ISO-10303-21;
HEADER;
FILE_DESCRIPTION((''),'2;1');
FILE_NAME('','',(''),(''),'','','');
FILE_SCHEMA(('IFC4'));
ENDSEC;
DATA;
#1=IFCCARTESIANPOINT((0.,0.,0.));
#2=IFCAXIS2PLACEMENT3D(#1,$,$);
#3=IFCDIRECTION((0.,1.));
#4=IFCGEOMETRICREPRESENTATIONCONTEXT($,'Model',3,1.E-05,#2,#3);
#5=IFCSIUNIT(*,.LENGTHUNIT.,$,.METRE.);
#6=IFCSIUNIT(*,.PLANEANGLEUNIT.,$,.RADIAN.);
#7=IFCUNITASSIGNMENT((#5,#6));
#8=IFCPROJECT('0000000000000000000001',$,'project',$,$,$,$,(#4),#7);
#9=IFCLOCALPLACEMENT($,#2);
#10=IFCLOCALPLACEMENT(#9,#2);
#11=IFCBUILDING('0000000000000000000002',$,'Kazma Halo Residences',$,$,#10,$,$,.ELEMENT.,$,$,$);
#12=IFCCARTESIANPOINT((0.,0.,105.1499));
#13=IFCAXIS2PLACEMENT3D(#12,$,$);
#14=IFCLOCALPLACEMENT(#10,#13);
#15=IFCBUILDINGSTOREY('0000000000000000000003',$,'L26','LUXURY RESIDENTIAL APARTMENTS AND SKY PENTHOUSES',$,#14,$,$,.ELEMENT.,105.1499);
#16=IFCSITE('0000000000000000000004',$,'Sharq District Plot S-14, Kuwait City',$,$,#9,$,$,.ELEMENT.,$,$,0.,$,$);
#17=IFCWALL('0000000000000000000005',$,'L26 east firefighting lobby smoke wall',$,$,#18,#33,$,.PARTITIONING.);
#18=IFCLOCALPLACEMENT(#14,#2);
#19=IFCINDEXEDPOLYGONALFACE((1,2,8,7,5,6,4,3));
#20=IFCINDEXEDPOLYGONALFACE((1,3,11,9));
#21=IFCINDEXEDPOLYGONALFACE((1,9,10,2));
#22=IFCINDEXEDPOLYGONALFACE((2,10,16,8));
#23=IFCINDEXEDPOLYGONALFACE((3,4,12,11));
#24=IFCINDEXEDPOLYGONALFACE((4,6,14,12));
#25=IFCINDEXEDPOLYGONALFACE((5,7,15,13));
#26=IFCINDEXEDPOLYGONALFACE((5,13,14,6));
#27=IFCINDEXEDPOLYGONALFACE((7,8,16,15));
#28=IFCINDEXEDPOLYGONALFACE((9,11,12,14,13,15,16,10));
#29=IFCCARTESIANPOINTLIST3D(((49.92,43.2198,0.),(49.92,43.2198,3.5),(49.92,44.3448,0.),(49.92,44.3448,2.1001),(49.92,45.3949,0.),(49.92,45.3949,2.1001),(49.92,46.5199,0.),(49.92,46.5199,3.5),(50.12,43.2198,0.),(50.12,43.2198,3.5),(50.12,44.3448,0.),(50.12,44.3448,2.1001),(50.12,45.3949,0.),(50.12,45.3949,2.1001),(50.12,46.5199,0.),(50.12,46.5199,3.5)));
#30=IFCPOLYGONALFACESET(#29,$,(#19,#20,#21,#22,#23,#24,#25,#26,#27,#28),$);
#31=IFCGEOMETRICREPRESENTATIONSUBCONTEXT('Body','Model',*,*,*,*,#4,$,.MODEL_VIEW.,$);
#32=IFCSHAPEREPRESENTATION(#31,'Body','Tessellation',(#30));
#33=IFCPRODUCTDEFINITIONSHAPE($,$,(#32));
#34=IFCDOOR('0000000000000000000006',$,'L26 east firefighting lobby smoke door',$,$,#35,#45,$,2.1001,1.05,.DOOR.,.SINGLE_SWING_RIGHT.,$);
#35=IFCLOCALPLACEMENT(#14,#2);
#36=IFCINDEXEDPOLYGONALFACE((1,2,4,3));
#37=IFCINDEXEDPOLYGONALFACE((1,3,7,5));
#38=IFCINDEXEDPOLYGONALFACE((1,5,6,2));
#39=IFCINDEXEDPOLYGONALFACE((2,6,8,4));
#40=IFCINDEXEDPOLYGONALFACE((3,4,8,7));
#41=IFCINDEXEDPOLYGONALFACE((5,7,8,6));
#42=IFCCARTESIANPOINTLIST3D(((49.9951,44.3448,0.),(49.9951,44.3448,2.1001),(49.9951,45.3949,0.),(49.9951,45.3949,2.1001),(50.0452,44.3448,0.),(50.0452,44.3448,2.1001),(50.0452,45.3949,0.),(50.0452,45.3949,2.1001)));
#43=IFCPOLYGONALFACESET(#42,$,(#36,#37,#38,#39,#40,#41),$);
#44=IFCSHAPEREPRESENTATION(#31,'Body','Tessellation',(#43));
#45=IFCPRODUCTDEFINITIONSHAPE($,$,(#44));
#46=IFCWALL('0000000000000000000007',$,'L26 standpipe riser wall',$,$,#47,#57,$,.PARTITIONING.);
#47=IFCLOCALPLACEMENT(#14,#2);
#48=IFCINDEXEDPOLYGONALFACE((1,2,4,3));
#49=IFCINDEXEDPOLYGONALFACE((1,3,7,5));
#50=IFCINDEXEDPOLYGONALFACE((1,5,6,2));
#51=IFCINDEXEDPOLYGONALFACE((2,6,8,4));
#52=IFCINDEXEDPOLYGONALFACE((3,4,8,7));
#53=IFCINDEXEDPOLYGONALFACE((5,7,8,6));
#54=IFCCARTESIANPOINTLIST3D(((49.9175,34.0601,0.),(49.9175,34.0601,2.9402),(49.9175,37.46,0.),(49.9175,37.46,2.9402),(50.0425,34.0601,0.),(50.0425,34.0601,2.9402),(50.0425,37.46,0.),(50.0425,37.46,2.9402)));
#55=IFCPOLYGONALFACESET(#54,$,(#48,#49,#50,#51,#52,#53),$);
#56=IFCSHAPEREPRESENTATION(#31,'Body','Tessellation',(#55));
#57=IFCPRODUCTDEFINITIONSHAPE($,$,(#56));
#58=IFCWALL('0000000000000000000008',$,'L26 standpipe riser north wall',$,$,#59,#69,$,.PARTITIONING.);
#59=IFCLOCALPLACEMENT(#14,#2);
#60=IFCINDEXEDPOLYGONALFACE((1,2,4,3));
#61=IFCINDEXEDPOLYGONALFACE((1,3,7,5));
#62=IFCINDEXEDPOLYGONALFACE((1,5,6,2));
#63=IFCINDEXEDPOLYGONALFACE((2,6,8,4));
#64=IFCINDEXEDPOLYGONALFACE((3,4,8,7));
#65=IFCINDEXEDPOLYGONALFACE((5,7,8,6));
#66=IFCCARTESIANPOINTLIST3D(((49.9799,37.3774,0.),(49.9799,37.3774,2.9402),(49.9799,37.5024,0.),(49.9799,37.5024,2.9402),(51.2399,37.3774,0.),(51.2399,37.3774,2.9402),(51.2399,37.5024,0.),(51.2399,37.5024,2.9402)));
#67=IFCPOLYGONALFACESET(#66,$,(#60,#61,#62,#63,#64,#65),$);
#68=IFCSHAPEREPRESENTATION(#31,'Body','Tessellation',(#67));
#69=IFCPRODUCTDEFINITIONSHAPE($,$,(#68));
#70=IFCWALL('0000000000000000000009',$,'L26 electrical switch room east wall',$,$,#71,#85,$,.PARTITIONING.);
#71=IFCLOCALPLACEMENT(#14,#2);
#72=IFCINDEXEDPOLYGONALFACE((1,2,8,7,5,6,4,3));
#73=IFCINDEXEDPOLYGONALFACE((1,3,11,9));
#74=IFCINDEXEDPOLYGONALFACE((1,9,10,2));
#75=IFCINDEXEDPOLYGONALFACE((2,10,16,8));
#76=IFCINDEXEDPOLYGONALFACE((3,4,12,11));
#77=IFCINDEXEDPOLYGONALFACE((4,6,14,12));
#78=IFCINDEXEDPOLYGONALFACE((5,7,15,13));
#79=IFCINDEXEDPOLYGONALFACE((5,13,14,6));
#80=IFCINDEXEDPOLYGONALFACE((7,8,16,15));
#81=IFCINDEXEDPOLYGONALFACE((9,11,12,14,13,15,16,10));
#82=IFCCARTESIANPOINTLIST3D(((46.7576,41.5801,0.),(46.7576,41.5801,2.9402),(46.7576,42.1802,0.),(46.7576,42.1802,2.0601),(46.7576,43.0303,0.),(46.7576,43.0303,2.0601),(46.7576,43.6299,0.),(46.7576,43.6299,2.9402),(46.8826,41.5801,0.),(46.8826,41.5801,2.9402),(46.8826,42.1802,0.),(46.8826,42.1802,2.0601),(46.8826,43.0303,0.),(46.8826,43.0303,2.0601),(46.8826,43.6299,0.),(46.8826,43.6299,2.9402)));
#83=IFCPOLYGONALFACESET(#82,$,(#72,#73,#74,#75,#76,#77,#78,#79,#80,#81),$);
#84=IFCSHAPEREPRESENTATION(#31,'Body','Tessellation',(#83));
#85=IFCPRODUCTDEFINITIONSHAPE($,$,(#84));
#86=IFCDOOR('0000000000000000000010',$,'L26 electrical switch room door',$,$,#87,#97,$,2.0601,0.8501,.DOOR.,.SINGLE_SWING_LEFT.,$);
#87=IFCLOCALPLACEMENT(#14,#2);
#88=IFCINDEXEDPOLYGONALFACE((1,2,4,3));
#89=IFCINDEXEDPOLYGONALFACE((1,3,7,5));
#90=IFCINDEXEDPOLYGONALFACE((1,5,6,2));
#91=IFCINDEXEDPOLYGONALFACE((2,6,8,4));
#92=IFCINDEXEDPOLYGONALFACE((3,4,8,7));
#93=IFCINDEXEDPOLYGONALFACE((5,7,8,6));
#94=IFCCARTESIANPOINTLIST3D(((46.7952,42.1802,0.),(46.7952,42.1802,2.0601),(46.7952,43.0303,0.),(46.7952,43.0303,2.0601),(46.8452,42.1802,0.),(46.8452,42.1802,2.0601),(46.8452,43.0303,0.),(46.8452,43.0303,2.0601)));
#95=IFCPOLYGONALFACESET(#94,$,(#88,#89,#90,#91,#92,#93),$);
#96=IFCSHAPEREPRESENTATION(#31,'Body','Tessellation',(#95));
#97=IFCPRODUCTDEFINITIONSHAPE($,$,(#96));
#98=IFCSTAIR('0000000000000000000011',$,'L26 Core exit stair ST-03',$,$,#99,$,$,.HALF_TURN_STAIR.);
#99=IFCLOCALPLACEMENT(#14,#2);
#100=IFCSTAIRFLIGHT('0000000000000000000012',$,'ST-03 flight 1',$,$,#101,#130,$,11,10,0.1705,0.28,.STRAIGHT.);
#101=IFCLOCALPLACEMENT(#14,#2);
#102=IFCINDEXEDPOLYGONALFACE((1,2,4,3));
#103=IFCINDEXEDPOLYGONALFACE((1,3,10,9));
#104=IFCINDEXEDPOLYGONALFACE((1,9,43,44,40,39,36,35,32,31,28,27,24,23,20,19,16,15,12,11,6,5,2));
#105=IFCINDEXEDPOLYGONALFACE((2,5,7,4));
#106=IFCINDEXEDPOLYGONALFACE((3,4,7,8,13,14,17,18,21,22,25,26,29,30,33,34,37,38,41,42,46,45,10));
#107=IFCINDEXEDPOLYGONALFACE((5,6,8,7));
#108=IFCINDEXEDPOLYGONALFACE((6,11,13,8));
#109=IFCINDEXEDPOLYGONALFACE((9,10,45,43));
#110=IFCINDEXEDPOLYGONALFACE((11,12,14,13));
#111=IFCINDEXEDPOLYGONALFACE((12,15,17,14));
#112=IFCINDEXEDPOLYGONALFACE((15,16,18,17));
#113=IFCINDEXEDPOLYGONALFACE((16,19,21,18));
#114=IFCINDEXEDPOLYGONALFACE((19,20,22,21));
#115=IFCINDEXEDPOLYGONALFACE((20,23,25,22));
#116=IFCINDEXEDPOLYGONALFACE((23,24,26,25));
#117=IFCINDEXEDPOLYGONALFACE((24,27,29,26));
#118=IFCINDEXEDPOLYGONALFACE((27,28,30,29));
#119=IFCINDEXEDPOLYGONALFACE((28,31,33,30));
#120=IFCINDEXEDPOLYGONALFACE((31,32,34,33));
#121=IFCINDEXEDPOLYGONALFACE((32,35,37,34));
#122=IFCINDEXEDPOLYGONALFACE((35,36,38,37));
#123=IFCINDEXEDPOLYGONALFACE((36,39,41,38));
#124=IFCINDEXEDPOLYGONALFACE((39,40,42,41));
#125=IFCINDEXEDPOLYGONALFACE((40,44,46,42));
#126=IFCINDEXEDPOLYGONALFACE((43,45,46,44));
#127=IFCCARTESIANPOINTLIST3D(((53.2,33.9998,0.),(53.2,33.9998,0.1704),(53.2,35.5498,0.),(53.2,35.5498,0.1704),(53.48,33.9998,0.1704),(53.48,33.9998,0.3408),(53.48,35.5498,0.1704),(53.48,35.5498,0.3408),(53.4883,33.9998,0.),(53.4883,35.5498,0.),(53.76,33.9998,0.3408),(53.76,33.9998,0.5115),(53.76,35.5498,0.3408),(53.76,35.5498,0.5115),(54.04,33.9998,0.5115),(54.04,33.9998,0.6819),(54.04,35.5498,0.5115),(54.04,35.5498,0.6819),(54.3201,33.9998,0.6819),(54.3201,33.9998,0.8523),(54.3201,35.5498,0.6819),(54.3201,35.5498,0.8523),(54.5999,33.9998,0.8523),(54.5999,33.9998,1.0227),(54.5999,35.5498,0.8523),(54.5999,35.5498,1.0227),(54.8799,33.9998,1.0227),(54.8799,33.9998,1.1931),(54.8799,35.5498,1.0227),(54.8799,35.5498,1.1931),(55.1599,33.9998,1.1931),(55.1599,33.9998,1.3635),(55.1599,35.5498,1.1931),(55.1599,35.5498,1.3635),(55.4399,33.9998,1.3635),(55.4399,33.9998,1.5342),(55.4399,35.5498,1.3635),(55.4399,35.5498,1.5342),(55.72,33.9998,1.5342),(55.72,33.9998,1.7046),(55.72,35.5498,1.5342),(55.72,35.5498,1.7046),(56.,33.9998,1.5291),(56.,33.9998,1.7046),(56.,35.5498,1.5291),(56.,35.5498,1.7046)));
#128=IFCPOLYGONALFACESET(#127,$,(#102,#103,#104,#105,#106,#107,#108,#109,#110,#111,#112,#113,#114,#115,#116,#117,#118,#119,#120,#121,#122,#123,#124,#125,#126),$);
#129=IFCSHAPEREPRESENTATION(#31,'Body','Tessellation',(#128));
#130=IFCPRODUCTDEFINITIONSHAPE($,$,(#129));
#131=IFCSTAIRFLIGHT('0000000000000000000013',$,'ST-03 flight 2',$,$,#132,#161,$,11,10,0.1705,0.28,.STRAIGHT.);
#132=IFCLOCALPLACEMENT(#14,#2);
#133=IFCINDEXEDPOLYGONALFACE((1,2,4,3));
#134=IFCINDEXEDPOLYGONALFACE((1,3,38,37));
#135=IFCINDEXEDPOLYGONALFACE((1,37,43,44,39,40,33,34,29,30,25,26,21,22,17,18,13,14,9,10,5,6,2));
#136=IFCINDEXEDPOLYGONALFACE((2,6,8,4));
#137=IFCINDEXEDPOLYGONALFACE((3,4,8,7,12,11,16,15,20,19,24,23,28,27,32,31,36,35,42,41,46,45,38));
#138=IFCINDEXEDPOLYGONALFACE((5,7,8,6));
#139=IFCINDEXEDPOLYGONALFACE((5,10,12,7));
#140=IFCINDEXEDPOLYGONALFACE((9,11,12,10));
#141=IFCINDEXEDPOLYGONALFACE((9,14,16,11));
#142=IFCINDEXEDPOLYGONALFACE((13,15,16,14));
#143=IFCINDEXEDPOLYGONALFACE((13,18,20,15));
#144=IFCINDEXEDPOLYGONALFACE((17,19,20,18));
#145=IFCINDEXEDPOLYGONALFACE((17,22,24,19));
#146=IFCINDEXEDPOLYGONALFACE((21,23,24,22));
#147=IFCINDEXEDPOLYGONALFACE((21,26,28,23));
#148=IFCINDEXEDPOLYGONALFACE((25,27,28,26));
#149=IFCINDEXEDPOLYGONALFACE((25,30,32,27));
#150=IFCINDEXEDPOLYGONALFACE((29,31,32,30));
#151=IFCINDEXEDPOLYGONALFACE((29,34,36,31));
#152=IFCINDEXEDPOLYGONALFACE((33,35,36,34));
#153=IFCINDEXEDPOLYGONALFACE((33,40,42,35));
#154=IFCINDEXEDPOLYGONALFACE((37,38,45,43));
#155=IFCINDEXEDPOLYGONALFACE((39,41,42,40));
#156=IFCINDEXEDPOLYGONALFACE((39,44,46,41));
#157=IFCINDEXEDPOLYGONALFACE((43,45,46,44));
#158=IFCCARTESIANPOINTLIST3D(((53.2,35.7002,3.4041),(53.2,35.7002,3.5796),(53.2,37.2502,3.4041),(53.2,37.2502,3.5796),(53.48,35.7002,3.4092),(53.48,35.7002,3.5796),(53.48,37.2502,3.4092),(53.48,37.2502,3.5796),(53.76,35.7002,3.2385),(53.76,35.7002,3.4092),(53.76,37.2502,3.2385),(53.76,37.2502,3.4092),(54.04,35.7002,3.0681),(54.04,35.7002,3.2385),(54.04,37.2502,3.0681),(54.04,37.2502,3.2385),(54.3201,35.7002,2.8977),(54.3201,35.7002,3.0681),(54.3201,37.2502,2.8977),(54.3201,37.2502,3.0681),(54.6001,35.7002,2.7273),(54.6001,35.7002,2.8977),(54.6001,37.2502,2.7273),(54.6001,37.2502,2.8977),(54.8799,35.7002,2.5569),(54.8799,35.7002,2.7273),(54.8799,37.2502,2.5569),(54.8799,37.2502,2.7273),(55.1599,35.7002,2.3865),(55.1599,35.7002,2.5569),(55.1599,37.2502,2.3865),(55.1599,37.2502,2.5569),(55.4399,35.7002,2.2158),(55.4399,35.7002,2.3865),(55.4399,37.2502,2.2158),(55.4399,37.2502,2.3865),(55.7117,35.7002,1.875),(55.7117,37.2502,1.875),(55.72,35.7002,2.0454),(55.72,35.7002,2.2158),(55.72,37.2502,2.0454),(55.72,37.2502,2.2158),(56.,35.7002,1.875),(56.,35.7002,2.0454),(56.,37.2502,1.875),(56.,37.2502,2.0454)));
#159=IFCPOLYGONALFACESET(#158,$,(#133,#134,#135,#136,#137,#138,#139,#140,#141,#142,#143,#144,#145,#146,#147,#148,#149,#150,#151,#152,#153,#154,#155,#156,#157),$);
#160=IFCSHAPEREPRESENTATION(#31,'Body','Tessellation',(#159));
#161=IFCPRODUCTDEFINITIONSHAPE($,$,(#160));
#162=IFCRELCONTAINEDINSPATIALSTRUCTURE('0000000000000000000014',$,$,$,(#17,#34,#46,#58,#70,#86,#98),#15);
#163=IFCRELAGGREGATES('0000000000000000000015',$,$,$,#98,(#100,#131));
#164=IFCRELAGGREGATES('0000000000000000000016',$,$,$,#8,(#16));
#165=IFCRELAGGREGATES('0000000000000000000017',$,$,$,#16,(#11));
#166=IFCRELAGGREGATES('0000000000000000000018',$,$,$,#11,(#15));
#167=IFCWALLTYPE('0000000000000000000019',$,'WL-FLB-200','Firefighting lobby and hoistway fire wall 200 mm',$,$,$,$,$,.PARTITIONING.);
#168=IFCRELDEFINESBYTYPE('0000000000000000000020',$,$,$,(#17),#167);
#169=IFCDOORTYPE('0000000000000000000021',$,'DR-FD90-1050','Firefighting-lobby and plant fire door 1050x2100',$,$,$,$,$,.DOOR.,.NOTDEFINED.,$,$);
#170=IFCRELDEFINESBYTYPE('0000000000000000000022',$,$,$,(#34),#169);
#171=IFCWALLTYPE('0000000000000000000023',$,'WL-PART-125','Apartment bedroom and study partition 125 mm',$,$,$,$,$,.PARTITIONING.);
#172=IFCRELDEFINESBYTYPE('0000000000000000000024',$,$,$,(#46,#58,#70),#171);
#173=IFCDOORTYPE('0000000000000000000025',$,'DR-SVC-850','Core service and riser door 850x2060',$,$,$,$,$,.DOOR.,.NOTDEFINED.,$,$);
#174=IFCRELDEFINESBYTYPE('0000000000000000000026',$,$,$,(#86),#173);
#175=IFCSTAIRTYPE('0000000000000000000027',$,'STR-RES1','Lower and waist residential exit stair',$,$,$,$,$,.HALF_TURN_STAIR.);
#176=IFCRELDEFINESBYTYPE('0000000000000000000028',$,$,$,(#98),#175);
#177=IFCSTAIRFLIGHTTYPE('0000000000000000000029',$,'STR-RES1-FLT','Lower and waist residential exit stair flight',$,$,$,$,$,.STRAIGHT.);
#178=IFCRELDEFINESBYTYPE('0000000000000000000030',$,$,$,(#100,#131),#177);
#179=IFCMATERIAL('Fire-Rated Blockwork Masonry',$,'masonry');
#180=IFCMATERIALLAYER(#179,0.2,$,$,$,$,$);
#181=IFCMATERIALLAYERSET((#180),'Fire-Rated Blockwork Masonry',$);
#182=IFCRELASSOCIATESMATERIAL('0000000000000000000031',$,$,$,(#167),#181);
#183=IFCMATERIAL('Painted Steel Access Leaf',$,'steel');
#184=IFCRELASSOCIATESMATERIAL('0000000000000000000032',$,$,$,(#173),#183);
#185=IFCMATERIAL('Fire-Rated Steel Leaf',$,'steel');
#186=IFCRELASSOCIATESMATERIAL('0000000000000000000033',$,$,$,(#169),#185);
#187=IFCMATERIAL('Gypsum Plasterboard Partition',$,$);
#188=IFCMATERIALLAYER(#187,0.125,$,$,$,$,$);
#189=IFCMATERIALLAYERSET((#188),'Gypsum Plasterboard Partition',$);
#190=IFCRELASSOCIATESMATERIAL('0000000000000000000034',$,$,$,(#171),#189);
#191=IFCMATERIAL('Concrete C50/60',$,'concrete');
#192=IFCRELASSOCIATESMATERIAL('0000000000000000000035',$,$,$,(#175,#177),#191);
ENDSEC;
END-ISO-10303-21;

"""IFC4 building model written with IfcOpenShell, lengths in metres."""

from ifc_helpers import new_model, si_unit, direction, frame, frame_2d, origin, place, context, subcontext, project, spatial, polyline, rectangle, outline, extrude, material, layer, layer_set, type_object, element, fill, aggregate, save


model = new_model("IFC4")

# Units and contexts
model_context = context("Model", 3, precision=1e-05, world=origin(), true_north=direction((0.0, 1.0)))
body_context = subcontext(model_context, "Body", "Model", "MODEL_VIEW")
ifc_project = project(units=[si_unit("LENGTHUNIT", "METRE"), si_unit("PLANEANGLEUNIT", "RADIAN")], contexts=[model_context])

# Site, building, storey
site_placement = place(None, origin())
site = spatial("IfcSite", under=ifc_project, at=site_placement, Name="Sharq District Plot S-14, Kuwait City", CompositionType="ELEMENT", RefElevation=0.0)
building_placement = place(site_placement, origin())
building = spatial("IfcBuilding", under=site, at=building_placement, Name="Kazma Halo Residences", CompositionType="ELEMENT")
storey_placement = place(building_placement, frame((0.0, 0.0, 105.1499)))
storey = spatial("IfcBuildingStorey", under=building, at=storey_placement, Name="L26", Description="LUXURY RESIDENTIAL APARTMENTS AND SKY PENTHOUSES", CompositionType="ELEMENT", Elevation=105.1499)

# Shared definitions
ifc_material_1 = material(Name="Fire-Rated Blockwork Masonry", Category="masonry")
ifc_layer_1 = layer(ifc_material_1, 0.2)
ifc_layer_set_1 = layer_set([ifc_layer_1], Name="Fire-Rated Blockwork Masonry")
wall_type_1 = type_object("IfcWallType", Name="WL-FLB-200", Description="Firefighting lobby and hoistway fire wall 200 mm", PredefinedType="PARTITIONING", material=ifc_layer_set_1)

# Shared definitions
ifc_material_2 = material(Name="Painted Steel Access Leaf", Category="steel")
door_type_1 = type_object("IfcDoorType", Name="DR-SVC-850", Description="Core service and riser door 850x2060", OperationType="NOTDEFINED", PredefinedType="DOOR", material=ifc_material_2)
ifc_material_3 = material(Name="Fire-Rated Steel Leaf", Category="steel")
door_type_2 = type_object("IfcDoorType", Name="DR-FD90-1050", Description="Firefighting-lobby and plant fire door 1050x2100", OperationType="NOTDEFINED", PredefinedType="DOOR", material=ifc_material_3)

# Wall, opening, door
wall_1_placement = place(storey_placement, frame((50.02, 43.22, 0.0), z_axis=(0.0, 0.0, 1.0), x_axis=(0.0, 1.0, 0.0)))
wall_1 = element("IfcWall", 1, at=wall_1_placement, inside=storey, type_object=wall_type_1, Name="L26 east firefighting lobby smoke wall", PredefinedType="PARTITIONING", context=body_context, shape_type="SweptSolid", body=[
    extrude(rectangle(XDim=3.3, YDim=0.2, at=frame_2d((1.6499, 0.0))), origin(), (0.0, 0.0, 1.0), 3.5),
])
opening_1_placement = place(wall_1_placement, frame((1.125, 0.0, 0.0)))
opening_1 = element("IfcOpeningElement", 2, at=opening_1_placement, cuts=wall_1, PredefinedType="OPENING", context=body_context, shape_type="SweptSolid", body=[
    extrude(rectangle(XDim=1.05, YDim=2.1001, at=frame_2d((0.5249, 1.05))), frame((0.0, 0.1099, 0.0), z_axis=(0.0, -1.0, 0.0), x_axis=(1.0, 0.0, 0.0)), (0.0, 0.0, 1.0), 0.22),
])
door_1_placement = place(opening_1_placement, origin())
door_1 = element("IfcDoor", 3, at=door_1_placement, inside=storey, type_object=door_type_2, Name="L26 east firefighting lobby smoke door", OperationType="SINGLE_SWING_RIGHT", OverallHeight=2.1001, OverallWidth=1.05, PredefinedType="DOOR", context=body_context, shape_type="SweptSolid", body=[
    extrude(rectangle(XDim=1.05, YDim=2.1001, at=frame_2d((0.5249, 1.05))), frame((0.0, 0.0249, 0.0), z_axis=(0.0, -1.0, 0.0), x_axis=(1.0, 0.0, 0.0)), (0.0, 0.0, 1.0), 0.05),
])
fill(opening_1, door_1)

# Walls
ifc_material_4 = material(Name="Gypsum Plasterboard Partition")
ifc_layer_2 = layer(ifc_material_4, 0.125)
ifc_layer_set_2 = layer_set([ifc_layer_2], Name="Gypsum Plasterboard Partition")
wall_type_2 = type_object("IfcWallType", Name="WL-PART-125", Description="Apartment bedroom and study partition 125 mm", PredefinedType="PARTITIONING", material=ifc_layer_set_2)
wall_2_placement = place(storey_placement, frame((49.98, 34.0601, 0.0), z_axis=(0.0, 0.0, 1.0), x_axis=(0.0, 1.0, 0.0)))
element("IfcWall", 4, at=wall_2_placement, inside=storey, type_object=wall_type_2, Name="L26 standpipe riser wall", PredefinedType="PARTITIONING", context=body_context, shape_type="SweptSolid", body=[
    extrude(rectangle(XDim=3.3999, YDim=0.125, at=frame_2d((1.7, 0.0))), origin(), (0.0, 0.0, 1.0), 2.9402),
])
wall_3_placement = place(storey_placement, frame((49.98, 37.4399, 0.0), z_axis=(0.0, 0.0, 1.0), x_axis=(1.0, 0.0, 0.0)))
element("IfcWall", 5, at=wall_3_placement, inside=storey, type_object=wall_type_2, Name="L26 standpipe riser north wall", PredefinedType="PARTITIONING", context=body_context, shape_type="SweptSolid", body=[
    extrude(rectangle(XDim=1.26, YDim=0.125, at=frame_2d((0.6299, 0.0))), origin(), (0.0, 0.0, 1.0), 2.9402),
])

# Wall, opening, door
wall_4_placement = place(storey_placement, frame((46.8201, 41.5801, 0.0), z_axis=(0.0, 0.0, 1.0), x_axis=(0.0, 1.0, 0.0)))
wall_4 = element("IfcWall", 6, at=wall_4_placement, inside=storey, type_object=wall_type_2, Name="L26 electrical switch room east wall", PredefinedType="PARTITIONING", context=body_context, shape_type="SweptSolid", body=[
    extrude(rectangle(XDim=2.0498, YDim=0.125, at=frame_2d((1.0249, 0.0))), origin(), (0.0, 0.0, 1.0), 2.9402),
])
opening_2_placement = place(wall_4_placement, frame((0.6001, 0.0, 0.0)))
opening_2 = element("IfcOpeningElement", 7, at=opening_2_placement, cuts=wall_4, PredefinedType="OPENING", context=body_context, shape_type="SweptSolid", body=[
    extrude(rectangle(XDim=0.8501, YDim=2.0601, at=frame_2d((0.425, 1.03))), frame((0.0, 0.0725, 0.0), z_axis=(0.0, -1.0, 0.0), x_axis=(1.0, 0.0, 0.0)), (0.0, 0.0, 1.0), 0.145),
])
door_2_placement = place(opening_2_placement, origin())
door_2 = element("IfcDoor", 8, at=door_2_placement, inside=storey, type_object=door_type_1, Name="L26 electrical switch room door", OperationType="SINGLE_SWING_LEFT", OverallHeight=2.0601, OverallWidth=0.8501, PredefinedType="DOOR", context=body_context, shape_type="SweptSolid", body=[
    extrude(rectangle(XDim=0.8501, YDim=2.0601, at=frame_2d((0.425, 1.03))), frame((0.0, 0.0249, 0.0), z_axis=(0.0, -1.0, 0.0), x_axis=(1.0, 0.0, 0.0)), (0.0, 0.0, 1.0), 0.05),
])
fill(opening_2, door_2)
ifc_material_5 = material(Name="Concrete C50/60", Category="concrete")

# Stair, stair flights
stair_type = type_object("IfcStairType", Name="STR-RES1", Description="Lower and waist residential exit stair", PredefinedType="HALF_TURN_STAIR", material=ifc_material_5)
stair_placement = place(storey_placement, origin())
stair = element("IfcStair", 9, at=stair_placement, inside=storey, type_object=stair_type, Name="L26 Core exit stair ST-03", PredefinedType="HALF_TURN_STAIR")
stair_flight_type = type_object("IfcStairFlightType", Name="STR-RES1-FLT", Description="Lower and waist residential exit stair flight", PredefinedType="STRAIGHT", material=ifc_material_5)
stair_flight_1_placement = place(storey_placement, frame((53.2, 34.7749, 0.0), z_axis=(0.0, 0.0, 1.0), x_axis=(1.0, 0.0, 0.0)))
stair_flight_1 = element("IfcStairFlight", 10, at=stair_flight_1_placement, type_object=stair_flight_type, Name="ST-03 flight 1", NumberOfRisers=11, NumberOfTreads=10, PredefinedType="STRAIGHT", RiserHeight=0.1705, TreadLength=0.28, context=body_context, shape_type="SweptSolid", body=[
    extrude(outline(polyline([(0.0, 0.0), (0.0, 0.1704), (0.28, 0.1704), (0.28, 0.3408), (0.5601, 0.3408), (0.5601, 0.5115), (0.8401, 0.5115), (0.8401, 0.6819), (1.1201, 0.6819), (1.1201, 0.8523), (1.3999, 0.8523), (1.3999, 1.0227), (1.6799, 1.0227), (1.6799, 1.1931), (1.96, 1.1931), (1.96, 1.3635), (2.24, 1.3635), (2.24, 1.5342), (2.52, 1.5342), (2.52, 1.7046), (2.8, 1.7046), (2.8, 1.875), (2.8, 1.5291), (0.2883, 0.0), (0.0, 0.0)])), frame((0.0, 0.7749, 0.0), z_axis=(0.0, -1.0, 0.0), x_axis=(1.0, 0.0, 0.0)), (0.0, 0.0, 1.0), 1.55),
])
stair_flight_2_placement = place(storey_placement, frame((56.0, 36.4751, 1.875), z_axis=(0.0, 0.0, 1.0), x_axis=(-1.0, 0.0, 0.0)))
stair_flight_2 = element("IfcStairFlight", 11, at=stair_flight_2_placement, type_object=stair_flight_type, Name="ST-03 flight 2", NumberOfRisers=11, NumberOfTreads=10, PredefinedType="STRAIGHT", RiserHeight=0.1705, TreadLength=0.28, context=body_context, shape_type="SweptSolid", body=[
    extrude(outline(polyline([(0.0, 0.0), (0.0, 0.1704), (0.28, 0.1704), (0.28, 0.3408), (0.5601, 0.3408), (0.5601, 0.5115), (0.8401, 0.5115), (0.8401, 0.6819), (1.1201, 0.6819), (1.1201, 0.8523), (1.3999, 0.8523), (1.3999, 1.0227), (1.6799, 1.0227), (1.6799, 1.1931), (1.96, 1.1931), (1.96, 1.3635), (2.24, 1.3635), (2.24, 1.5342), (2.52, 1.5342), (2.52, 1.7046), (2.8, 1.7046), (2.8, 1.875), (2.8, 1.5291), (0.2883, 0.0), (0.0, 0.0)])), frame((0.0, 0.7749, 0.0), z_axis=(0.0, -1.0, 0.0), x_axis=(1.0, 0.0, 0.0)), (0.0, 0.0, 1.0), 1.55),
])
aggregate(stair, [stair_flight_1, stair_flight_2])

save(model, "model.ifc")
